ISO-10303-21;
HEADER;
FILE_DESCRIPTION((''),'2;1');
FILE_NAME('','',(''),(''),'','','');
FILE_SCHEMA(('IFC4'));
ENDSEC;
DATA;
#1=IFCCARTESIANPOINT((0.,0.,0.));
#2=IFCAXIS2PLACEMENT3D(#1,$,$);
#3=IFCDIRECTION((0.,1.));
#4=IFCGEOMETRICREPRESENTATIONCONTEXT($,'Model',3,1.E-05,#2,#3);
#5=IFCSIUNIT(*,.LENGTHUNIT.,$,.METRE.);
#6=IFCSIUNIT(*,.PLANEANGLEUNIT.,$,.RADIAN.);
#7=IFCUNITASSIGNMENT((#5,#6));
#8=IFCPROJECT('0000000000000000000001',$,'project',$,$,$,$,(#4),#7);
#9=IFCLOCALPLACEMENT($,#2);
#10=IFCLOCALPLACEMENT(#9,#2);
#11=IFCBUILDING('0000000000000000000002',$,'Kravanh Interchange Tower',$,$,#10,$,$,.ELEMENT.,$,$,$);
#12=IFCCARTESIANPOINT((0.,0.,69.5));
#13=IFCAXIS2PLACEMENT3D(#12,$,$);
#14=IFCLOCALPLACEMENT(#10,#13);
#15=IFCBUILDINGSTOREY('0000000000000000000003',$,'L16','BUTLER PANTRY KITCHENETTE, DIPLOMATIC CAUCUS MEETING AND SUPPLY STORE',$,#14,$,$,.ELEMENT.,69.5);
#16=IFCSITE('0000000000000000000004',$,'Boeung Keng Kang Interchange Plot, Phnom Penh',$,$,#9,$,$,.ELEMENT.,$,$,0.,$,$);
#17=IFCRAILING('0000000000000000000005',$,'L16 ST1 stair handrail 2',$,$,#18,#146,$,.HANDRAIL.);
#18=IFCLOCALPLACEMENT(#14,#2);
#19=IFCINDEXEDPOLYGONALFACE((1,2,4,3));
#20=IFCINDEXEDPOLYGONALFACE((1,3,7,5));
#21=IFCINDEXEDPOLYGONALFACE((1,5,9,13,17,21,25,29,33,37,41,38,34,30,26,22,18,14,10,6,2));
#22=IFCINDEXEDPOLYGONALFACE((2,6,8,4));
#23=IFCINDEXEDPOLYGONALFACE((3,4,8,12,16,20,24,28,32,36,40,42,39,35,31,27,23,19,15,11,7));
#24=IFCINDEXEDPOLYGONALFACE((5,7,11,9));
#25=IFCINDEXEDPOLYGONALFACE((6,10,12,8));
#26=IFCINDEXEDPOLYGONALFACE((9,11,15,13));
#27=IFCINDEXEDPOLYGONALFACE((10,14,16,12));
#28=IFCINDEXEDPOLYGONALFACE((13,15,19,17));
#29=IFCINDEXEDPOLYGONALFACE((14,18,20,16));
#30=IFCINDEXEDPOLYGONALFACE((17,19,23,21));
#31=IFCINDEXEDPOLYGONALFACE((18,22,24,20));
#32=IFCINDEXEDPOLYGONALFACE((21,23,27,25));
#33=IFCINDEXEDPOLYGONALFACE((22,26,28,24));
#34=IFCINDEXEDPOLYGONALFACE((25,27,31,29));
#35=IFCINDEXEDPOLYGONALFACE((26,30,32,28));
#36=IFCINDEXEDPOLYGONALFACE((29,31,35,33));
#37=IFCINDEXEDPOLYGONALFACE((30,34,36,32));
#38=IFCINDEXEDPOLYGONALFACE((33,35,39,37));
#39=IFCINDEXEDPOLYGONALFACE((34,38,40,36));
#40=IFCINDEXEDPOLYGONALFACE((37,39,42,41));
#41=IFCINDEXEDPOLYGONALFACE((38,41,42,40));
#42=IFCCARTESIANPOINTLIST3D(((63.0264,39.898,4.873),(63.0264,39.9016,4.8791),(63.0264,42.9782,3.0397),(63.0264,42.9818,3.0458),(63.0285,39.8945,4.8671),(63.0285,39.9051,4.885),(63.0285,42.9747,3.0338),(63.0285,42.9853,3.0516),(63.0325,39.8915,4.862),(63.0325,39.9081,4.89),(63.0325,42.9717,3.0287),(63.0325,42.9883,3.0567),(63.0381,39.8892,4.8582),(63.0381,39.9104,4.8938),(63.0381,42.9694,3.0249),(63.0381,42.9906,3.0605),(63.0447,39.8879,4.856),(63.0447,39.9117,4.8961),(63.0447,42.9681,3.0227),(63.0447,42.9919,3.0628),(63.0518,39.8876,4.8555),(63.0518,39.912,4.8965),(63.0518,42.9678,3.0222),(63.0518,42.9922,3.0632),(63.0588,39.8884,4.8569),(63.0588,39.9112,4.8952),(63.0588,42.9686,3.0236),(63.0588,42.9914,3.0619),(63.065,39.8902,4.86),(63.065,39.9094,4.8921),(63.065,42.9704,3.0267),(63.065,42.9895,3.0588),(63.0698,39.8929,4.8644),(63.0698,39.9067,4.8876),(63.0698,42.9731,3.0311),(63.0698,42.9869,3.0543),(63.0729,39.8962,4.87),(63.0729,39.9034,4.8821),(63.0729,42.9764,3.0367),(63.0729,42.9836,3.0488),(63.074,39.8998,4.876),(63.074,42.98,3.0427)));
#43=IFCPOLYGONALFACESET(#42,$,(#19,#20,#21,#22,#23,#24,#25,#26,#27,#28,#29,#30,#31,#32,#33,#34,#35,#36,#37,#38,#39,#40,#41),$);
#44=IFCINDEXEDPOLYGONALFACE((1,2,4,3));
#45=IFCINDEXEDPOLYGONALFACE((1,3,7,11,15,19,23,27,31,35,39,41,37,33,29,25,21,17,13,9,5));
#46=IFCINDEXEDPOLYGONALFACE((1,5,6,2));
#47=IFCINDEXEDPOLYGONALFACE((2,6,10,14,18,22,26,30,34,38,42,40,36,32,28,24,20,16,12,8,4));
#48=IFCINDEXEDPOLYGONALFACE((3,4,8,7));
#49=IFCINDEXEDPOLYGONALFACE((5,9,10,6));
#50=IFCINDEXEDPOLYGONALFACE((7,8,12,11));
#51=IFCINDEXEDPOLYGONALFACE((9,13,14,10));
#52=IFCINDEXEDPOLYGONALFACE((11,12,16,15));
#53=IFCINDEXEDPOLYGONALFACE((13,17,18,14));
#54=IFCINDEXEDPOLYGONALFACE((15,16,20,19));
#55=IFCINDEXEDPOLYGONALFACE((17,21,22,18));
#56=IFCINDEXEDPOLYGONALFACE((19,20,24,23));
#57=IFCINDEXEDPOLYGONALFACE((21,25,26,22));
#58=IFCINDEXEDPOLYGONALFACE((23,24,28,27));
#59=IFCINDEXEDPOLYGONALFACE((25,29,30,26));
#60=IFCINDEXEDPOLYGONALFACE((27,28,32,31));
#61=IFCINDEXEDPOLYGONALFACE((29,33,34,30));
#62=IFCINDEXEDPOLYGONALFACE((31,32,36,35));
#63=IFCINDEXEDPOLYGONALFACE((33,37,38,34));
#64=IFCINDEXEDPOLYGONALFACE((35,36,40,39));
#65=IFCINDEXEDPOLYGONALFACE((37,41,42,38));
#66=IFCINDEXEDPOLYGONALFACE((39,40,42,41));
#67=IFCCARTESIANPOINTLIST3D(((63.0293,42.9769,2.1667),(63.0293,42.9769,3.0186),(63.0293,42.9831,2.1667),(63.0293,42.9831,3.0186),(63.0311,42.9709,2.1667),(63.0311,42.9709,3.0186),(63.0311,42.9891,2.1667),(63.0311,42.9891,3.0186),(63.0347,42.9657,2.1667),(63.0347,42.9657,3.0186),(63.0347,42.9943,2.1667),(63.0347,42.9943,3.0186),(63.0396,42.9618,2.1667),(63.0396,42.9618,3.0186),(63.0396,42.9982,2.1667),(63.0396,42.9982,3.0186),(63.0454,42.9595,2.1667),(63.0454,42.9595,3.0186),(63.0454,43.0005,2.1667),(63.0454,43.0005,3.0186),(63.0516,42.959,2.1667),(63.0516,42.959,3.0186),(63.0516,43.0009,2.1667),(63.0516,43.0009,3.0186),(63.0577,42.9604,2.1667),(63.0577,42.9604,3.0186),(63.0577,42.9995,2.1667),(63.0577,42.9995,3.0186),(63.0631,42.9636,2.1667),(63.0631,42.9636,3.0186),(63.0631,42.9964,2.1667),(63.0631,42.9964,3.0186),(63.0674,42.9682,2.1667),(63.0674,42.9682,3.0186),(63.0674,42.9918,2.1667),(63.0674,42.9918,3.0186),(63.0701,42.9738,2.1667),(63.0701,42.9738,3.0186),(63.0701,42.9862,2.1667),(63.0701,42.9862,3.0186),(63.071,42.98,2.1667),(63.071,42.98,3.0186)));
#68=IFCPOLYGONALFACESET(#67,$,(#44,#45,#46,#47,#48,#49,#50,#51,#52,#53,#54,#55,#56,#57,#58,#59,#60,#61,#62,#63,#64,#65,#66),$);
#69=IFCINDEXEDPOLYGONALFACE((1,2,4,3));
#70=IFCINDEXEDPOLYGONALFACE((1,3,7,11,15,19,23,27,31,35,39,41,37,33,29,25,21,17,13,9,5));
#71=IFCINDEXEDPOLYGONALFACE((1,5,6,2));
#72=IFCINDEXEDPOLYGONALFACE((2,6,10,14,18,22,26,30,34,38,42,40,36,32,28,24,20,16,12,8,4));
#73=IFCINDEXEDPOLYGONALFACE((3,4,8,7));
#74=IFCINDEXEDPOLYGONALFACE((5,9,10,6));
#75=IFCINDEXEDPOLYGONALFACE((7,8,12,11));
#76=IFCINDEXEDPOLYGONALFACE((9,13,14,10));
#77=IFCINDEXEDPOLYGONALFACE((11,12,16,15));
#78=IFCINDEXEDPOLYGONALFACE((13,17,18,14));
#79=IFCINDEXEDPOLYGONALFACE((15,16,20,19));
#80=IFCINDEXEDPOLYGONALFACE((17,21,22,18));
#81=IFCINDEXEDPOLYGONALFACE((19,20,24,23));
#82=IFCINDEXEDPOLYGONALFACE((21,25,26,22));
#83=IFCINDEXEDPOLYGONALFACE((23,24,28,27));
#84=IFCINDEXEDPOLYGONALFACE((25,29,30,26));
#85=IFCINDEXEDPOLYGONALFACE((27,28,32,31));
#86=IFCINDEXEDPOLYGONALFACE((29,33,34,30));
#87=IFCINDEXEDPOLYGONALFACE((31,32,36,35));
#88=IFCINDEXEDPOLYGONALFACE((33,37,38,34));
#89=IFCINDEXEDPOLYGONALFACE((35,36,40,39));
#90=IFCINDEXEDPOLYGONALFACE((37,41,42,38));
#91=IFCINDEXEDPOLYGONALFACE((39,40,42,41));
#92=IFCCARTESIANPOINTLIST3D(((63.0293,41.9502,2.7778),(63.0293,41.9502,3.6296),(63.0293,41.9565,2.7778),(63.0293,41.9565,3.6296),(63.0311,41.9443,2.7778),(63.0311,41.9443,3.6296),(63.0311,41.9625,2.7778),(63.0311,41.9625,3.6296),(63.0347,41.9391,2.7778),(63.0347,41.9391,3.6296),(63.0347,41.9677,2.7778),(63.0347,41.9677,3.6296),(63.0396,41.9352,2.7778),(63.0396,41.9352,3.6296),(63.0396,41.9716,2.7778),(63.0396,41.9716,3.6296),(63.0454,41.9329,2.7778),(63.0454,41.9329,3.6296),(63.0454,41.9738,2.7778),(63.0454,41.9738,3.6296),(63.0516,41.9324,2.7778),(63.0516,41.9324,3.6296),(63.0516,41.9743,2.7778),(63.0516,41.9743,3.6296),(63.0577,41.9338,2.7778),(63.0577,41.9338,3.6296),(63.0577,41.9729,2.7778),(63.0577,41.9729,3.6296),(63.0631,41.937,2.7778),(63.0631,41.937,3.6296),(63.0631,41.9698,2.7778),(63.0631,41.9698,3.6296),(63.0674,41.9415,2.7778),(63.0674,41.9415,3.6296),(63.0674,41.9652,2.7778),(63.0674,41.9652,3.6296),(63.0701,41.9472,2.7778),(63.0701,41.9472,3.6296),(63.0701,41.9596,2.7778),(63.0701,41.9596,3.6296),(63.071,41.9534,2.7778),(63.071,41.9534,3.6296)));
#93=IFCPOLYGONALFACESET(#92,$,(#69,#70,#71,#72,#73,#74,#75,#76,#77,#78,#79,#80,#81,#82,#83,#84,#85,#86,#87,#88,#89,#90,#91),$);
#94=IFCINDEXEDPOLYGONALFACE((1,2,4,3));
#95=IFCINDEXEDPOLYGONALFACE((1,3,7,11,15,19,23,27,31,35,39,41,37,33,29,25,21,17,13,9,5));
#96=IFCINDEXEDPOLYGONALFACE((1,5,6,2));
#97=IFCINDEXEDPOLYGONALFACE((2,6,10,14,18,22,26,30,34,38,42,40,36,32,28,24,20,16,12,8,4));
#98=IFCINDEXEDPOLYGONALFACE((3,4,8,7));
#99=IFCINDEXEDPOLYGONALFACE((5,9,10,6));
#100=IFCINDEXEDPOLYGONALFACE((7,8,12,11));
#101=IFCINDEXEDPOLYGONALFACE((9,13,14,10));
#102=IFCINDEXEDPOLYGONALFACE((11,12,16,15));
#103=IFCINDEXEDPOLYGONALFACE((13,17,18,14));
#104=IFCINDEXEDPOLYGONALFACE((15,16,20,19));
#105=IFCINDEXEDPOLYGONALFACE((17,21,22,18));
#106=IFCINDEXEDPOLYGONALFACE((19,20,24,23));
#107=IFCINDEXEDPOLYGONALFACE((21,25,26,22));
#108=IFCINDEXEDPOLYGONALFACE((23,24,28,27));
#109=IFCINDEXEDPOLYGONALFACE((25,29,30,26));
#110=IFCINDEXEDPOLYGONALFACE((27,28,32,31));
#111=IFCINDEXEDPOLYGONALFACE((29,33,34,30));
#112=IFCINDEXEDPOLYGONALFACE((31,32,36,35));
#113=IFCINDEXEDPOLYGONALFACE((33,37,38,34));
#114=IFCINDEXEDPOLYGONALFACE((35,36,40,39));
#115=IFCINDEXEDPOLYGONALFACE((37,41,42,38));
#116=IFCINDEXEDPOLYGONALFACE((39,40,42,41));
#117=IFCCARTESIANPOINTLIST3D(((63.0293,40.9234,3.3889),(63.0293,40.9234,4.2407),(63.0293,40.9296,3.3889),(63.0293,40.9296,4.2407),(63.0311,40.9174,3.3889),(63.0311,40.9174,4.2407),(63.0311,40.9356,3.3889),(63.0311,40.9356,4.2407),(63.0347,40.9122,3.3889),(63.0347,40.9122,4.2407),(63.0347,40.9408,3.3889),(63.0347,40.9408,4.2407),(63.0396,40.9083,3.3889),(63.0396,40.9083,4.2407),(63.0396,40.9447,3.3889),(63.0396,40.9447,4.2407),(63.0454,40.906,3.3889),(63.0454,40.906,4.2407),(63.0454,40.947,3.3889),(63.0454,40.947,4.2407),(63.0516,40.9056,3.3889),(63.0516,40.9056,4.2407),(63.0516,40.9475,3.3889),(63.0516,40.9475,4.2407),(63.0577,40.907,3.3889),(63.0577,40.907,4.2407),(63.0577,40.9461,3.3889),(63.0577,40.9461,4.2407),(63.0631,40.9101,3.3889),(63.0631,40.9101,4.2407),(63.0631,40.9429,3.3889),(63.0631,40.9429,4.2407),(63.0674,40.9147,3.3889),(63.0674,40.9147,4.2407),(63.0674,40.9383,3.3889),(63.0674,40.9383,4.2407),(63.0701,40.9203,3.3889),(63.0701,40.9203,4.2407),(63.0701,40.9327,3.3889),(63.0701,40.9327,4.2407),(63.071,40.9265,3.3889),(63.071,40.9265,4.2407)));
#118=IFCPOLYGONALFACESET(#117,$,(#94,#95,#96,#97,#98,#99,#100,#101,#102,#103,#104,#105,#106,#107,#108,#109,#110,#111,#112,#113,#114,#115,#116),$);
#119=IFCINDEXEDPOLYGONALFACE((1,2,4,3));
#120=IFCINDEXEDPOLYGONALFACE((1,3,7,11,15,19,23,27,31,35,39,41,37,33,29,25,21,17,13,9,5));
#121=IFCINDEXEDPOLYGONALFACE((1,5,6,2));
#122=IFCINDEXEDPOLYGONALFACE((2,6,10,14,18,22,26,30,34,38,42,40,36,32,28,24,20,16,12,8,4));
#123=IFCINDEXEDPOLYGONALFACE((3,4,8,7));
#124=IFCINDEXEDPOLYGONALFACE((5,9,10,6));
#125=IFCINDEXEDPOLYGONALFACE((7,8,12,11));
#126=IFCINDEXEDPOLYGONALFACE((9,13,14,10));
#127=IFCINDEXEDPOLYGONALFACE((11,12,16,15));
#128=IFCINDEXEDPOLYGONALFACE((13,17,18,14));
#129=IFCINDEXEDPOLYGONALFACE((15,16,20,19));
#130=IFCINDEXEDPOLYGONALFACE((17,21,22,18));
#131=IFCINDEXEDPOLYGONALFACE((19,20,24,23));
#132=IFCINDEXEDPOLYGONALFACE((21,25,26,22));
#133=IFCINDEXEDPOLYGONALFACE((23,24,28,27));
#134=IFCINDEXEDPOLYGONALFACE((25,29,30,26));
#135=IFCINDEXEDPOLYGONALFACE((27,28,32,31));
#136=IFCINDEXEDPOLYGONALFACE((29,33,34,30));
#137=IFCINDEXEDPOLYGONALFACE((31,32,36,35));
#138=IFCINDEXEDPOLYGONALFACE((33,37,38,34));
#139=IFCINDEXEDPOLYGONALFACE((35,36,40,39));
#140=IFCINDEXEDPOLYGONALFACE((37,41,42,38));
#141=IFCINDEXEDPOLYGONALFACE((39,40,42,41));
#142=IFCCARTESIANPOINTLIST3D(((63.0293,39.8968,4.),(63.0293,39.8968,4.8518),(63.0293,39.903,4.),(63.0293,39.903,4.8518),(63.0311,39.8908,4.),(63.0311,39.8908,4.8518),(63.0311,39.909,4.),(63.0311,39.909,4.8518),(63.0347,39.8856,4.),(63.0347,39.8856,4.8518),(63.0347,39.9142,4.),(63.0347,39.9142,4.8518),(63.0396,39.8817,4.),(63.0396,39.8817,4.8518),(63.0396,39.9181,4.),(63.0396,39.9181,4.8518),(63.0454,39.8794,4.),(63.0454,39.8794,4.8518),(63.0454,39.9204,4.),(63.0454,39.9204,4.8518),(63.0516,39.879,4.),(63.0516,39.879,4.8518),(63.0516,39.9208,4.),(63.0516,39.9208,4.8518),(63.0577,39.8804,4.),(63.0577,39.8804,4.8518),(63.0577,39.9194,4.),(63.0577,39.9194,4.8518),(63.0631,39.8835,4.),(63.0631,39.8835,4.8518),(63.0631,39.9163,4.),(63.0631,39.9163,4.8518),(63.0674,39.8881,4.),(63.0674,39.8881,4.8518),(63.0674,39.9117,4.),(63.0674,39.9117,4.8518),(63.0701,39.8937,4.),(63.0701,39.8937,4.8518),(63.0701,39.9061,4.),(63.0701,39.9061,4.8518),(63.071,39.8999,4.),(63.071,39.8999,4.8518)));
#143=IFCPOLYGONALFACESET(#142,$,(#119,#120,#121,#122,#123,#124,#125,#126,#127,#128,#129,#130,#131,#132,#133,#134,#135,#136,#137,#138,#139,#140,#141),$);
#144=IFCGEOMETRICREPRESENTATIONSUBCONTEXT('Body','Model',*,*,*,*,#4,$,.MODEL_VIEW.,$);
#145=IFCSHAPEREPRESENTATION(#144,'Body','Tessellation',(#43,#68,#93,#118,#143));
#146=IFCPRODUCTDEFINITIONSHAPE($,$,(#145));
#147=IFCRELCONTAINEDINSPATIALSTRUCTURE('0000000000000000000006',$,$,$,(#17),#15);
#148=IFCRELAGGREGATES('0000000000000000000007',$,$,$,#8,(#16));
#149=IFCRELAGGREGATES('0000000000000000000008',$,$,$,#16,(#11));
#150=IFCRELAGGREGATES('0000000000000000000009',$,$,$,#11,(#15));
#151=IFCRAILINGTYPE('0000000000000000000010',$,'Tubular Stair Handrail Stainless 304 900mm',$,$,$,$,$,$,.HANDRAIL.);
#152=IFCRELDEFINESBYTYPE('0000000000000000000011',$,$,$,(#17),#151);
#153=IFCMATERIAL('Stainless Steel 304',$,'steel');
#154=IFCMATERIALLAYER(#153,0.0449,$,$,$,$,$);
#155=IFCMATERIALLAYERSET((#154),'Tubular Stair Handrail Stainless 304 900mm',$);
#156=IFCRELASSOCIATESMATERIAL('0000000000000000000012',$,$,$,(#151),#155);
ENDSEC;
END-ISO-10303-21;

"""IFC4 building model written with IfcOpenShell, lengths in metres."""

from ifc_helpers import new_model, si_unit, direction, frame, origin, origin_2d, place, context, subcontext, project, spatial, circle, extrude, material, layer, layer_set, type_object, element, save


model = new_model("IFC4")

# Units and contexts
model_context = context("Model", 3, precision=1e-05, world=origin(), true_north=direction((0.0, 1.0)))
body_context = subcontext(model_context, "Body", "Model", "MODEL_VIEW")
ifc_project = project(units=[si_unit("LENGTHUNIT", "METRE"), si_unit("PLANEANGLEUNIT", "RADIAN")], contexts=[model_context])

# Site, building, storey
site_placement = place(None, origin())
site = spatial("IfcSite", under=ifc_project, at=site_placement, Name="Boeung Keng Kang Interchange Plot, Phnom Penh", CompositionType="ELEMENT", RefElevation=0.0)
building_placement = place(site_placement, origin())
building = spatial("IfcBuilding", under=site, at=building_placement, Name="Kravanh Interchange Tower", CompositionType="ELEMENT")
storey_placement = place(building_placement, frame((0.0, 0.0, 69.5)))
storey = spatial("IfcBuildingStorey", under=building, at=storey_placement, Name="L16", Description="BUTLER PANTRY KITCHENETTE, DIPLOMATIC CAUCUS MEETING AND SUPPLY STORE", CompositionType="ELEMENT", Elevation=69.5)

# Railing
ifc_material_1 = material(Name="Stainless Steel 304", Category="steel")
ifc_layer_1 = layer(ifc_material_1, 0.0449)
ifc_layer_set_1 = layer_set([ifc_layer_1], Name="Tubular Stair Handrail Stainless 304 900mm")
railing_type_1 = type_object("IfcRailingType", Name="Tubular Stair Handrail Stainless 304 900mm", PredefinedType="HANDRAIL", material=ifc_layer_set_1)
railing_1_placement = place(storey_placement, frame((63.05, 42.98, 2.1667)))
element("IfcRailing", 1, at=railing_1_placement, inside=storey, type_object=railing_type_1, Name="L16 ST1 stair handrail 2", PredefinedType="HANDRAIL", context=body_context, shape_type="SweptSolid", body=[
    extrude(circle(Radius=0.0239, at=origin_2d()), frame((0.0, 0.0, 0.876), z_axis=(0.0, -0.859309, 0.511458), x_axis=(1.0, 0.0, 0.0)), (0.0, 0.0, 1.0), 3.5845),
    extrude(circle(Radius=0.021, at=origin_2d()), origin(), (0.0, 0.0, 1.0), 0.8518),
    extrude(circle(Radius=0.021, at=origin_2d()), frame((0.0, -1.0266, 0.6111)), (0.0, 0.0, 1.0), 0.8518),
    extrude(circle(Radius=0.021, at=origin_2d()), frame((0.0, -2.0535, 1.2222)), (0.0, 0.0, 1.0), 0.8518),
    extrude(circle(Radius=0.021, at=origin_2d()), frame((0.0, -3.0801, 1.8333)), (0.0, 0.0, 1.0), 0.8518),
])

save(model, "model.ifc")
